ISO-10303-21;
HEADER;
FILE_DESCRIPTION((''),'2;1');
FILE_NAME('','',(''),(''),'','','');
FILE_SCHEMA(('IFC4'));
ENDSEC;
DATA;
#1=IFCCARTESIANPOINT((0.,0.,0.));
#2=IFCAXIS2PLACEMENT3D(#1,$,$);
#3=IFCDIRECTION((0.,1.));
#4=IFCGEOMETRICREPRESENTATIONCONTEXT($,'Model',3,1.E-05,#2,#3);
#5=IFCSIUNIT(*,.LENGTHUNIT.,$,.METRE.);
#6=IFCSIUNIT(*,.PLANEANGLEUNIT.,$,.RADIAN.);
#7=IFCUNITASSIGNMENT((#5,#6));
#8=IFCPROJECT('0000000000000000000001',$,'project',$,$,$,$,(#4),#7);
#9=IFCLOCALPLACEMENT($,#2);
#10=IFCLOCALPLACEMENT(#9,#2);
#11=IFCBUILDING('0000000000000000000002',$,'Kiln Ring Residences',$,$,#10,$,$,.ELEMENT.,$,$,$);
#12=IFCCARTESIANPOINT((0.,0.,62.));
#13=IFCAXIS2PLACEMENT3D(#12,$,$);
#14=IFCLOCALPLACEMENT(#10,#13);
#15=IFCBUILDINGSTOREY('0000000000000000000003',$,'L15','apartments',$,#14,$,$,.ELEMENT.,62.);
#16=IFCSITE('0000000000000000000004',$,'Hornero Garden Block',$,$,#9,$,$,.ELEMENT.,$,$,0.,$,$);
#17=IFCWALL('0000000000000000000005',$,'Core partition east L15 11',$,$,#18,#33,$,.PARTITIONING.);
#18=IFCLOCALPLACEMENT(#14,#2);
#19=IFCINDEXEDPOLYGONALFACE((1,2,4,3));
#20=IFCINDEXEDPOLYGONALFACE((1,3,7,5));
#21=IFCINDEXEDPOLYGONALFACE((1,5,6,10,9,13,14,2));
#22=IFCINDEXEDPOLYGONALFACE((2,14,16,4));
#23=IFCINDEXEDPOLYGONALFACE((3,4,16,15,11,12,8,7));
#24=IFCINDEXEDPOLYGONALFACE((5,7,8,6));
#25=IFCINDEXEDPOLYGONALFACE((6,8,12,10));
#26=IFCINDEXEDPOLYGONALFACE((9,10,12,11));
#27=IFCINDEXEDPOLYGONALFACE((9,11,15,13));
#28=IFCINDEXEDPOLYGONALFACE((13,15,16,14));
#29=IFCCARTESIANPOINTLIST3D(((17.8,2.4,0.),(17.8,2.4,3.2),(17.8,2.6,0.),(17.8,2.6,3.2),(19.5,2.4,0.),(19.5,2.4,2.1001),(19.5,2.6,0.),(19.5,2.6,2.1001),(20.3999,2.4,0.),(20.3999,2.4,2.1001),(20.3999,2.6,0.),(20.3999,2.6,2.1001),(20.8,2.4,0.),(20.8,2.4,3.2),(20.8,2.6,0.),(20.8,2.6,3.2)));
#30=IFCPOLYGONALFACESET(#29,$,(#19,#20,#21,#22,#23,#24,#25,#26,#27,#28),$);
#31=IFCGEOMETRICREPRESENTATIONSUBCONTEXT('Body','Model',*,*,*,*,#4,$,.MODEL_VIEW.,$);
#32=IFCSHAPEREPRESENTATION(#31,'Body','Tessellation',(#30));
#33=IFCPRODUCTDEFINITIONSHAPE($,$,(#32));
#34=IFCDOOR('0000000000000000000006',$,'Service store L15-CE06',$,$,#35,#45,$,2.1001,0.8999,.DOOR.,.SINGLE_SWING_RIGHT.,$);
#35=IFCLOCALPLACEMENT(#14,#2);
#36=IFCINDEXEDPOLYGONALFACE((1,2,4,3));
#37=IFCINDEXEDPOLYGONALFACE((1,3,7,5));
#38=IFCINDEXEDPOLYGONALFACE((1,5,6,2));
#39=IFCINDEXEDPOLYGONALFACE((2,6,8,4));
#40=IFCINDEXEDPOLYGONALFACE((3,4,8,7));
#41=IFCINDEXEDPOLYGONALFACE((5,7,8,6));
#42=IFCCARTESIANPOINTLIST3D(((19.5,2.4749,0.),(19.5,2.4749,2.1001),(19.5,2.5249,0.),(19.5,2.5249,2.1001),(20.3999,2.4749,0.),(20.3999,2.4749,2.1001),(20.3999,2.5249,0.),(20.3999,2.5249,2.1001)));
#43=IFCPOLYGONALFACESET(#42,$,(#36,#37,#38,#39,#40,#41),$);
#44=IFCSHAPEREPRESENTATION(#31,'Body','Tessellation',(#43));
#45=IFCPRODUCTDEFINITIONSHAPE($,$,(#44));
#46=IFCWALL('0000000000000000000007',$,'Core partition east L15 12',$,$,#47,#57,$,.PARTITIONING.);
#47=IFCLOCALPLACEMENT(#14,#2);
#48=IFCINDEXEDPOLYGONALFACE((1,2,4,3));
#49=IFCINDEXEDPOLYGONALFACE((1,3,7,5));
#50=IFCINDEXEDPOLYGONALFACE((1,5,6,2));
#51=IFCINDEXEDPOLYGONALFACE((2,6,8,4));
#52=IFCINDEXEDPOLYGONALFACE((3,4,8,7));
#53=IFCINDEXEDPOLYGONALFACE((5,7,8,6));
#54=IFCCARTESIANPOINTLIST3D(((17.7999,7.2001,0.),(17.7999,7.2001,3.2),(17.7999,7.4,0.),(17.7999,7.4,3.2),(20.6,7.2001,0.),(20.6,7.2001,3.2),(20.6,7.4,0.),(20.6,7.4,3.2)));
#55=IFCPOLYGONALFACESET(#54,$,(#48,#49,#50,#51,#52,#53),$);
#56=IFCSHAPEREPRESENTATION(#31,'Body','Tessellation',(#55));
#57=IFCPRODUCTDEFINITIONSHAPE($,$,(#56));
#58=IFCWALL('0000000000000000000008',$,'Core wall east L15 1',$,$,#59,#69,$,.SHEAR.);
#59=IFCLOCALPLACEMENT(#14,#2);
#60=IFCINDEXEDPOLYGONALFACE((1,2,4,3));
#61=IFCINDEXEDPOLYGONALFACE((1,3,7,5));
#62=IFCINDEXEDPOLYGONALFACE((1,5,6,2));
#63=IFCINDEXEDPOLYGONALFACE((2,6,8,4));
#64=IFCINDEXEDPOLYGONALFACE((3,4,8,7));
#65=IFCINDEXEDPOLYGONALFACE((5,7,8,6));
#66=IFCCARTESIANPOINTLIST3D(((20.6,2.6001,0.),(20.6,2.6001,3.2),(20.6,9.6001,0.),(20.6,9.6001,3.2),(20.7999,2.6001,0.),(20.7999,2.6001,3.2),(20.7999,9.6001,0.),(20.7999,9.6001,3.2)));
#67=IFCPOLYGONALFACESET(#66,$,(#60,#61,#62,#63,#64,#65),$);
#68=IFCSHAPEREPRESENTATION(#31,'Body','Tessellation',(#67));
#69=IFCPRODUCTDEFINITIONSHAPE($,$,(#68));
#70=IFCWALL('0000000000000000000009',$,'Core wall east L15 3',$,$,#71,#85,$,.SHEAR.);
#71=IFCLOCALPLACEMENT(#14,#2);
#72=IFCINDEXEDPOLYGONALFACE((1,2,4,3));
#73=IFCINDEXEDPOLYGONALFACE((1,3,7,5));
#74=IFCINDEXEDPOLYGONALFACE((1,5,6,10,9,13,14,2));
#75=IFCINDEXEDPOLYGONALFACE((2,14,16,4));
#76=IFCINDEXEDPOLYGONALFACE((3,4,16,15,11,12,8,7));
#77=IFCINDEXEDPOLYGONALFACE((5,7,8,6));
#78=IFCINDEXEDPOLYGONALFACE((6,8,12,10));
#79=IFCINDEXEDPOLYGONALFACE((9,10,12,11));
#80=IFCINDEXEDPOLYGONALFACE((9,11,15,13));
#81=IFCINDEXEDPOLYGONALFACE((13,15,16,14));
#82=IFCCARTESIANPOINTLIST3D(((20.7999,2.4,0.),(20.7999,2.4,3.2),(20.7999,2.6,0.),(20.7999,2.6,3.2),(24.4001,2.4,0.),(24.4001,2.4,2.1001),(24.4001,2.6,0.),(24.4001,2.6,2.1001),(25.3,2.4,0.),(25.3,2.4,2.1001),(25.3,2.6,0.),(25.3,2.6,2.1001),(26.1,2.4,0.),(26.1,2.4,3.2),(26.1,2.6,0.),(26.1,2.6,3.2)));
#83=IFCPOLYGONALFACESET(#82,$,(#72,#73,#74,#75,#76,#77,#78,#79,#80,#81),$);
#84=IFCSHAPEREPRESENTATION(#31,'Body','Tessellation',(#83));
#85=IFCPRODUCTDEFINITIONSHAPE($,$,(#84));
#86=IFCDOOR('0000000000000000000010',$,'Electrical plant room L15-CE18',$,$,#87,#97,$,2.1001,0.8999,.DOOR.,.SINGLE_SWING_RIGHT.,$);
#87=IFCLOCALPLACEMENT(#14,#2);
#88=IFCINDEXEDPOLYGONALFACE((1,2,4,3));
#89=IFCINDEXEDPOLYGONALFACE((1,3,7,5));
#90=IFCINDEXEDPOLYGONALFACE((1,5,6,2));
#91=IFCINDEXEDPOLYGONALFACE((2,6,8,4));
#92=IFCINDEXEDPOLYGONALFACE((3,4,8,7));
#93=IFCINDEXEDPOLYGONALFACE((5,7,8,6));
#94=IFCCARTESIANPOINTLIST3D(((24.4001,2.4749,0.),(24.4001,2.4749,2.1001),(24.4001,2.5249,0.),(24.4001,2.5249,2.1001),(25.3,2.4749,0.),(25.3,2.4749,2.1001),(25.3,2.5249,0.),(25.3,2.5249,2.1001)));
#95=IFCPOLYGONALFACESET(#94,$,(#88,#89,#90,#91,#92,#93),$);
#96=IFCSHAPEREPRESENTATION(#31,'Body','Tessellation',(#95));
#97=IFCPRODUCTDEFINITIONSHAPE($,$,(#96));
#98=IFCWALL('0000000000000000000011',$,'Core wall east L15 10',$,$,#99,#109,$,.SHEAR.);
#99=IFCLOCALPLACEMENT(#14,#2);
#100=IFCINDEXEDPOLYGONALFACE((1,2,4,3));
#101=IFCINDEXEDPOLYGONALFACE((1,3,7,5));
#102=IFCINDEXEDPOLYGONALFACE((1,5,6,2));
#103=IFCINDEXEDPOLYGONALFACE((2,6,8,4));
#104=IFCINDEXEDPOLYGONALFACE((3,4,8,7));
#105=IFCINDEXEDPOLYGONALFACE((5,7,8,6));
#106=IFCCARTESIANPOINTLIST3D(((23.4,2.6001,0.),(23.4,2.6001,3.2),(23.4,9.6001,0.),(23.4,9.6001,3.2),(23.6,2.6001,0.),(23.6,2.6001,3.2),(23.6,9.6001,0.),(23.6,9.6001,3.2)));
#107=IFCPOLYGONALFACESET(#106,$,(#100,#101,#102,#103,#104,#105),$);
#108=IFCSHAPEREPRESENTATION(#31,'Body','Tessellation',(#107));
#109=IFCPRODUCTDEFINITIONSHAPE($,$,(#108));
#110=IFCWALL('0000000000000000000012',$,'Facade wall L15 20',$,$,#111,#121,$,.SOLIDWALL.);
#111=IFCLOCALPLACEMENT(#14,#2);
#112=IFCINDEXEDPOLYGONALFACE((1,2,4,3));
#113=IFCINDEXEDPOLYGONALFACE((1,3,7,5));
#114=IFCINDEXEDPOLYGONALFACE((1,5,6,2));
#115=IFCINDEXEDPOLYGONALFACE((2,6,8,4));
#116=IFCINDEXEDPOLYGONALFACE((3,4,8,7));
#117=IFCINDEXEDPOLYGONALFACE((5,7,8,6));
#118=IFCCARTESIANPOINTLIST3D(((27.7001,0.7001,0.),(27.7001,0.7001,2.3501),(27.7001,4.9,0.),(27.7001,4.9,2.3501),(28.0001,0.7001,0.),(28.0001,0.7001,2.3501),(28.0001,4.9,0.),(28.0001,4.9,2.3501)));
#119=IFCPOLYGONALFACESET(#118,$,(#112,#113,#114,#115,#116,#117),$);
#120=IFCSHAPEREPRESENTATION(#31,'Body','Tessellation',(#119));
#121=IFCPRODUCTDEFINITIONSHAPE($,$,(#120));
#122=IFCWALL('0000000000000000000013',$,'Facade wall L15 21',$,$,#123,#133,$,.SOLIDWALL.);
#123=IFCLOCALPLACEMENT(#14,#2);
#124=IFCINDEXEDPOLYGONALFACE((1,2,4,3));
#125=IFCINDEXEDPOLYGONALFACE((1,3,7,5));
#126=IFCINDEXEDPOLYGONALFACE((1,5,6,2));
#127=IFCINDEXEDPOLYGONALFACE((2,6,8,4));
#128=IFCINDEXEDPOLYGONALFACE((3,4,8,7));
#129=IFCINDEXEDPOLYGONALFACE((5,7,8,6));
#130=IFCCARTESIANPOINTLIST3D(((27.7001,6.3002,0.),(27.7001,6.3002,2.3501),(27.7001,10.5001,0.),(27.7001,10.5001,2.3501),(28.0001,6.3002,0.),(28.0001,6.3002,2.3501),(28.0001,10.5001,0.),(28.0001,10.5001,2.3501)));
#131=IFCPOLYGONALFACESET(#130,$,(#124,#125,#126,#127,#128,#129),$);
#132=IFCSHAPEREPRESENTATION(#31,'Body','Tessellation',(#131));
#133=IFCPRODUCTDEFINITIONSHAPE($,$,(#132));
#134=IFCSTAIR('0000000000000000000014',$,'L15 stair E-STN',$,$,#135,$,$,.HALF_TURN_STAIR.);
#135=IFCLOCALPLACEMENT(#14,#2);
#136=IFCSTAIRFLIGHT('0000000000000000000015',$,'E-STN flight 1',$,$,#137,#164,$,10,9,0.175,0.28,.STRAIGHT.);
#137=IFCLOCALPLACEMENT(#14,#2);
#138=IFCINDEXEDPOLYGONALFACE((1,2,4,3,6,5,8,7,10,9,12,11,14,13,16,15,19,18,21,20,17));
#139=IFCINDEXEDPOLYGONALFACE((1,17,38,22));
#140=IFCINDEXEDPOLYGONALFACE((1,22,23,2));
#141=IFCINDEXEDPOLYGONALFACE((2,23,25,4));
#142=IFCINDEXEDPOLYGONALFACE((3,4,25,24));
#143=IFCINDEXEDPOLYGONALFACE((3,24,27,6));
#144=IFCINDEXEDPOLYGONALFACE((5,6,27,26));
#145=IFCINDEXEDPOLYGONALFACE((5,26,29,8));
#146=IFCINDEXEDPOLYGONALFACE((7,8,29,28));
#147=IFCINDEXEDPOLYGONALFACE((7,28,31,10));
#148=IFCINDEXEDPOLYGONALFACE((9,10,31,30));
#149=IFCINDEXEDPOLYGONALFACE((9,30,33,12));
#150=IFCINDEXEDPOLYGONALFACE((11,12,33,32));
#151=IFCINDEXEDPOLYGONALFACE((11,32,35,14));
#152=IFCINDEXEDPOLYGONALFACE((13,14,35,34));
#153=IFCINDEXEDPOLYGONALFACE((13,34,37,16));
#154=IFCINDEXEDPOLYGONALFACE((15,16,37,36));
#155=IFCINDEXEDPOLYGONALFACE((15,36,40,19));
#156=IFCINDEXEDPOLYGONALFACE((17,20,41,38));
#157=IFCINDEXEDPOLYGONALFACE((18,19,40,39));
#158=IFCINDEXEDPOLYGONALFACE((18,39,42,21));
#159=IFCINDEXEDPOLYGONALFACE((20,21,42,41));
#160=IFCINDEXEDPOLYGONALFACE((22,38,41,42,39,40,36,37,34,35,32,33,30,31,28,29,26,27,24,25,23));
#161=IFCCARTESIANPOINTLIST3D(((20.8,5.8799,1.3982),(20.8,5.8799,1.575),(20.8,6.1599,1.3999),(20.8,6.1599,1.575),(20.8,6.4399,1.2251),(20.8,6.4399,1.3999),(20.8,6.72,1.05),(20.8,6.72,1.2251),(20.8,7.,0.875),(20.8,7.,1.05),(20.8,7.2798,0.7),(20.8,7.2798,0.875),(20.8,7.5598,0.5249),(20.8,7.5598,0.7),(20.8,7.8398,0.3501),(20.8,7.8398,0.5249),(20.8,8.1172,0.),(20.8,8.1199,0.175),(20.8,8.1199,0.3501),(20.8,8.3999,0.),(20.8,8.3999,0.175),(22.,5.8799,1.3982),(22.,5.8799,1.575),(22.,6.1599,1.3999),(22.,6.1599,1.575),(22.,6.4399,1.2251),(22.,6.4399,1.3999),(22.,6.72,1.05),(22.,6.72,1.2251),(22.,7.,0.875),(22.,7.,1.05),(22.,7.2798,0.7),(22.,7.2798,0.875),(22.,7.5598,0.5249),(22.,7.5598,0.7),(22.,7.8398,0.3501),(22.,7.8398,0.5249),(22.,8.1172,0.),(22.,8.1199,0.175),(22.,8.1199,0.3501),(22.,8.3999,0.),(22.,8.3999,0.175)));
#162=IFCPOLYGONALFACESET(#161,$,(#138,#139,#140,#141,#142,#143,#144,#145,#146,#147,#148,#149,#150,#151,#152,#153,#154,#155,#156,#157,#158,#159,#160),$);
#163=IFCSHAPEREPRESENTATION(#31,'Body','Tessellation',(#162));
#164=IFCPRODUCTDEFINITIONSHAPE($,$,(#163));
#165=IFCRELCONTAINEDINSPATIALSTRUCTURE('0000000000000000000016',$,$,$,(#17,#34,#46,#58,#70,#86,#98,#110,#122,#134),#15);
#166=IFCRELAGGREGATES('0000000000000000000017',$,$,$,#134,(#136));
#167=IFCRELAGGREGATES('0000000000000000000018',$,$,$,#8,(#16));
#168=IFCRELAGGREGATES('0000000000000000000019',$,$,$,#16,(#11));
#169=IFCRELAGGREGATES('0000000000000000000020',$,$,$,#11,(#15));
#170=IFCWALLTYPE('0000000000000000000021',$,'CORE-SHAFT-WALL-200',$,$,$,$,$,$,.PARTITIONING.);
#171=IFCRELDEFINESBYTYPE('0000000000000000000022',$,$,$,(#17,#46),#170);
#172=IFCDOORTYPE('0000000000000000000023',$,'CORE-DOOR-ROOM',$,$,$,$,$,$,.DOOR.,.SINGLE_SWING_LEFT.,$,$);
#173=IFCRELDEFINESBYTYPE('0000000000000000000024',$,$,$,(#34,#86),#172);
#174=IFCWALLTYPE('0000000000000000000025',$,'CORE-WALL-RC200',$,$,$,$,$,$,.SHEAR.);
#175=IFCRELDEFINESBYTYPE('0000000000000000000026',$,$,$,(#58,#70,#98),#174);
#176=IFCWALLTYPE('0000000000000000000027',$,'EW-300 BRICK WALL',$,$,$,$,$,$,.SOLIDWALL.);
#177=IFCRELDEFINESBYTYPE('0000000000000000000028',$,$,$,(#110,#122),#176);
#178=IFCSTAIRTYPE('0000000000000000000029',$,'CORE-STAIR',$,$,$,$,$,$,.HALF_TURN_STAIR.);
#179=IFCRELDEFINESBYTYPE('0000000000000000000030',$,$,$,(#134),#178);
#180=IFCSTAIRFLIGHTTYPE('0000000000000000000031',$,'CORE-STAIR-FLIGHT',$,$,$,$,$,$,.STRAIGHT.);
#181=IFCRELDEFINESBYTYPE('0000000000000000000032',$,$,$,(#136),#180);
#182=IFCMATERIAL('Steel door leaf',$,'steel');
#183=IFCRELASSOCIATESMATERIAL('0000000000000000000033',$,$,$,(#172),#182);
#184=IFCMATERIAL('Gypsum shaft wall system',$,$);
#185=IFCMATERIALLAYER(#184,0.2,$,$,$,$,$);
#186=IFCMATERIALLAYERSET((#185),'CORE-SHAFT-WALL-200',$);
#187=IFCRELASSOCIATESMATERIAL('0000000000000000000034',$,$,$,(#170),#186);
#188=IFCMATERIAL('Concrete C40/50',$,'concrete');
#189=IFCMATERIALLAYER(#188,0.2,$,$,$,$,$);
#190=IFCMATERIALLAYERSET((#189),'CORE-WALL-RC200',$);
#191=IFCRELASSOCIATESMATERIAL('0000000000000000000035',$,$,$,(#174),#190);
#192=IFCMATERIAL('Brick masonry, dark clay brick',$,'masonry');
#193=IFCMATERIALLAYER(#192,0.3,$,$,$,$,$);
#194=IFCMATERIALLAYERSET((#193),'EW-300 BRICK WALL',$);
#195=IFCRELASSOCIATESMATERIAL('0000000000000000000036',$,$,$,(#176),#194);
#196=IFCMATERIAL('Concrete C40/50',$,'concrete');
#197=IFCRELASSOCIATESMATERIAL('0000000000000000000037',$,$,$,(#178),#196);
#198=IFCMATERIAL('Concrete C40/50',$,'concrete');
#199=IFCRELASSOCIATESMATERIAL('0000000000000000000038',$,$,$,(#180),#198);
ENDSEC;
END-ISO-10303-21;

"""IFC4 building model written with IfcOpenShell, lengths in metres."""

from ifc_helpers import new_model, si_unit, direction, frame, frame_2d, origin, place, context, subcontext, project, spatial, polyline, rectangle, outline, extrude, material, layer, layer_set, type_object, element, fill, aggregate, save


model = new_model("IFC4")

# Units and contexts
model_context = context("Model", 3, precision=1e-05, world=origin(), true_north=direction((0.0, 1.0)))
body_context = subcontext(model_context, "Body", "Model", "MODEL_VIEW")
ifc_project = project(units=[si_unit("LENGTHUNIT", "METRE"), si_unit("PLANEANGLEUNIT", "RADIAN")], contexts=[model_context])

# Site, building, storey
site_placement = place(None, origin())
site = spatial("IfcSite", under=ifc_project, at=site_placement, Name="Hornero Garden Block", CompositionType="ELEMENT", RefElevation=0.0)
building_placement = place(site_placement, origin())
building = spatial("IfcBuilding", under=site, at=building_placement, Name="Kiln Ring Residences", CompositionType="ELEMENT")
storey_placement = place(building_placement, frame((0.0, 0.0, 62.0)))
storey = spatial("IfcBuildingStorey", under=building, at=storey_placement, Name="L15", Description="apartments", CompositionType="ELEMENT", Elevation=62.0)

# Shared definitions
ifc_material_1 = material(Name="Steel door leaf", Category="steel")
door_type = type_object("IfcDoorType", Name="CORE-DOOR-ROOM", OperationType="SINGLE_SWING_LEFT", PredefinedType="DOOR", material=ifc_material_1)

# Shared definitions
ifc_material_2 = material(Name="Gypsum shaft wall system")
ifc_layer_1 = layer(ifc_material_2, 0.2)
ifc_layer_set_1 = layer_set([ifc_layer_1], Name="CORE-SHAFT-WALL-200")
wall_type_1 = type_object("IfcWallType", Name="CORE-SHAFT-WALL-200", PredefinedType="PARTITIONING", material=ifc_layer_set_1)

# Wall, opening, door
wall_1_placement = place(storey_placement, frame((17.8, 2.5, 0.0), z_axis=(0.0, 0.0, 1.0), x_axis=(1.0, 0.0, 0.0)))
wall_1 = element("IfcWall", 1, at=wall_1_placement, inside=storey, type_object=wall_type_1, Name="Core partition east L15 11", PredefinedType="PARTITIONING", context=body_context, shape_type="SweptSolid", body=[
    extrude(rectangle(XDim=3.0, YDim=0.2, at=frame_2d((1.5, 0.0))), origin(), (0.0, 0.0, 1.0), 3.2),
])
opening_1_placement = place(wall_1_placement, frame((1.7, 0.0, 0.0)))
opening_1 = element("IfcOpeningElement", 2, at=opening_1_placement, cuts=wall_1, PredefinedType="OPENING", context=body_context, shape_type="SweptSolid", body=[
    extrude(rectangle(XDim=0.8999, YDim=2.1001, at=frame_2d((0.45, 1.05))), frame((0.0, 0.1099, 0.0), z_axis=(0.0, -1.0, 0.0), x_axis=(1.0, 0.0, 0.0)), (0.0, 0.0, 1.0), 0.22),
])
door_1_placement = place(opening_1_placement, origin())
door_1 = element("IfcDoor", 3, at=door_1_placement, inside=storey, type_object=door_type, Name="Service store L15-CE06", OperationType="SINGLE_SWING_RIGHT", OverallHeight=2.1001, OverallWidth=0.8999, PredefinedType="DOOR", context=body_context, shape_type="SweptSolid", body=[
    extrude(rectangle(XDim=0.8999, YDim=2.1001, at=frame_2d((0.45, 1.05))), frame((0.0, 0.0249, 0.0), z_axis=(0.0, -1.0, 0.0), x_axis=(1.0, 0.0, 0.0)), (0.0, 0.0, 1.0), 0.05),
])
fill(opening_1, door_1)

# Walls
wall_2_placement = place(storey_placement, frame((17.8, 7.3, 0.0), z_axis=(0.0, 0.0, 1.0), x_axis=(1.0, 0.0, 0.0)))
element("IfcWall", 4, at=wall_2_placement, inside=storey, type_object=wall_type_1, Name="Core partition east L15 12", PredefinedType="PARTITIONING", context=body_context, shape_type="SweptSolid", body=[
    extrude(rectangle(XDim=2.8, YDim=0.2, at=frame_2d((1.3999, 0.0))), origin(), (0.0, 0.0, 1.0), 3.2),
])
ifc_material_3 = material(Name="Concrete C40/50", Category="concrete")
ifc_layer_2 = layer(ifc_material_3, 0.2)
ifc_layer_set_2 = layer_set([ifc_layer_2], Name="CORE-WALL-RC200")
wall_type_2 = type_object("IfcWallType", Name="CORE-WALL-RC200", PredefinedType="SHEAR", material=ifc_layer_set_2)
wall_3_placement = place(storey_placement, frame((20.7, 2.6001, 0.0), z_axis=(0.0, 0.0, 1.0), x_axis=(0.0, 1.0, 0.0)))
element("IfcWall", 5, at=wall_3_placement, inside=storey, type_object=wall_type_2, Name="Core wall east L15 1", PredefinedType="SHEAR", context=body_context, shape_type="SweptSolid", body=[
    extrude(rectangle(XDim=7.0, YDim=0.2, at=frame_2d((3.5, 0.0))), origin(), (0.0, 0.0, 1.0), 3.2),
])

# Wall, opening, door
wall_4_placement = place(storey_placement, frame((20.8, 2.5, 0.0), z_axis=(0.0, 0.0, 1.0), x_axis=(1.0, 0.0, 0.0)))
wall_4 = element("IfcWall", 6, at=wall_4_placement, inside=storey, type_object=wall_type_2, Name="Core wall east L15 3", PredefinedType="SHEAR", context=body_context, shape_type="SweptSolid", body=[
    extrude(rectangle(XDim=5.3, YDim=0.2, at=frame_2d((2.6499, 0.0))), origin(), (0.0, 0.0, 1.0), 3.2),
])
opening_2_placement = place(wall_4_placement, frame((3.6001, 0.0, 0.0)))
opening_2 = element("IfcOpeningElement", 7, at=opening_2_placement, cuts=wall_4, PredefinedType="OPENING", context=body_context, shape_type="SweptSolid", body=[
    extrude(rectangle(XDim=0.8999, YDim=2.1001, at=frame_2d((0.45, 1.05))), frame((0.0, 0.1099, 0.0), z_axis=(0.0, -1.0, 0.0), x_axis=(1.0, 0.0, 0.0)), (0.0, 0.0, 1.0), 0.22),
])
door_2_placement = place(opening_2_placement, origin())
door_2 = element("IfcDoor", 8, at=door_2_placement, inside=storey, type_object=door_type, Name="Electrical plant room L15-CE18", OperationType="SINGLE_SWING_RIGHT", OverallHeight=2.1001, OverallWidth=0.8999, PredefinedType="DOOR", context=body_context, shape_type="SweptSolid", body=[
    extrude(rectangle(XDim=0.8999, YDim=2.1001, at=frame_2d((0.45, 1.05))), frame((0.0, 0.0249, 0.0), z_axis=(0.0, -1.0, 0.0), x_axis=(1.0, 0.0, 0.0)), (0.0, 0.0, 1.0), 0.05),
])
fill(opening_2, door_2)

# Walls
wall_5_placement = place(storey_placement, frame((23.5, 2.6001, 0.0), z_axis=(0.0, 0.0, 1.0), x_axis=(0.0, 1.0, 0.0)))
element("IfcWall", 9, at=wall_5_placement, inside=storey, type_object=wall_type_2, Name="Core wall east L15 10", PredefinedType="SHEAR", context=body_context, shape_type="SweptSolid", body=[
    extrude(rectangle(XDim=7.0, YDim=0.2, at=frame_2d((3.5, 0.0))), origin(), (0.0, 0.0, 1.0), 3.2),
])
ifc_material_4 = material(Name="Brick masonry, dark clay brick", Category="masonry")
ifc_layer_3 = layer(ifc_material_4, 0.3)
ifc_layer_set_3 = layer_set([ifc_layer_3], Name="EW-300 BRICK WALL")
wall_type_3 = type_object("IfcWallType", Name="EW-300 BRICK WALL", PredefinedType="SOLIDWALL", material=ifc_layer_set_3)
for number, where, z_axis, x_axis, name in (
    (10, (27.8501, 0.7, 0.0), (0.0, 0.0, 1.0), (0.0, 1.0, 0.0), "Facade wall L15 20"),
    (11, (27.8501, 6.3, 0.0), (0.0, 0.0, 1.0), (0.0, 1.0, 0.0), "Facade wall L15 21"),
):
    element("IfcWall", number, at=place(storey_placement, frame(where, z_axis=z_axis, x_axis=x_axis)), inside=storey, type_object=wall_type_3, Name=name, PredefinedType="SOLIDWALL", context=body_context, shape_type="SweptSolid", body=[
        extrude(rectangle(XDim=4.2, YDim=0.3, at=frame_2d((2.1001, 0.0))), origin(), (0.0, 0.0, 1.0), 2.3501),
    ])

# Stair, stair flight
ifc_material_5 = material(Name="Concrete C40/50", Category="concrete")
stair_type = type_object("IfcStairType", Name="CORE-STAIR", PredefinedType="HALF_TURN_STAIR", material=ifc_material_5)
stair_placement = place(storey_placement, origin())
stair = element("IfcStair", 12, at=stair_placement, inside=storey, type_object=stair_type, Name="L15 stair E-STN", PredefinedType="HALF_TURN_STAIR")
ifc_material_6 = material(Name="Concrete C40/50", Category="concrete")
stair_flight_type = type_object("IfcStairFlightType", Name="CORE-STAIR-FLIGHT", PredefinedType="STRAIGHT", material=ifc_material_6)
stair_flight_1_placement = place(storey_placement, frame((21.3999, 8.3999, 0.0), z_axis=(0.0, 0.0, 1.0), x_axis=(0.0, -1.0, 0.0)))
stair_flight_1 = element("IfcStairFlight", 13, at=stair_flight_1_placement, type_object=stair_flight_type, Name="E-STN flight 1", NumberOfRisers=10, NumberOfTreads=9, PredefinedType="STRAIGHT", RiserHeight=0.175, TreadLength=0.28, context=body_context, shape_type="SweptSolid", body=[
    extrude(outline(polyline([(0.0, 0.0), (0.0, 0.175), (0.28, 0.175), (0.28, 0.3501), (0.5601, 0.3501), (0.5601, 0.5249), (0.8401, 0.5249), (0.8401, 0.7), (1.1201, 0.7), (1.1201, 0.875), (1.3999, 0.875), (1.3999, 1.05), (1.6799, 1.05), (1.6799, 1.2251), (1.96, 1.2251), (1.96, 1.3999), (2.24, 1.3999), (2.24, 1.575), (2.52, 1.575), (2.52, 1.75), (2.52, 1.3982), (0.2827, 0.0), (0.0, 0.0)])), frame((0.0, 0.6001, 0.0), z_axis=(0.0, -1.0, 0.0), x_axis=(1.0, 0.0, 0.0)), (0.0, 0.0, 1.0), 1.2),
])
aggregate(stair, [stair_flight_1])

save(model, "model.ifc")
